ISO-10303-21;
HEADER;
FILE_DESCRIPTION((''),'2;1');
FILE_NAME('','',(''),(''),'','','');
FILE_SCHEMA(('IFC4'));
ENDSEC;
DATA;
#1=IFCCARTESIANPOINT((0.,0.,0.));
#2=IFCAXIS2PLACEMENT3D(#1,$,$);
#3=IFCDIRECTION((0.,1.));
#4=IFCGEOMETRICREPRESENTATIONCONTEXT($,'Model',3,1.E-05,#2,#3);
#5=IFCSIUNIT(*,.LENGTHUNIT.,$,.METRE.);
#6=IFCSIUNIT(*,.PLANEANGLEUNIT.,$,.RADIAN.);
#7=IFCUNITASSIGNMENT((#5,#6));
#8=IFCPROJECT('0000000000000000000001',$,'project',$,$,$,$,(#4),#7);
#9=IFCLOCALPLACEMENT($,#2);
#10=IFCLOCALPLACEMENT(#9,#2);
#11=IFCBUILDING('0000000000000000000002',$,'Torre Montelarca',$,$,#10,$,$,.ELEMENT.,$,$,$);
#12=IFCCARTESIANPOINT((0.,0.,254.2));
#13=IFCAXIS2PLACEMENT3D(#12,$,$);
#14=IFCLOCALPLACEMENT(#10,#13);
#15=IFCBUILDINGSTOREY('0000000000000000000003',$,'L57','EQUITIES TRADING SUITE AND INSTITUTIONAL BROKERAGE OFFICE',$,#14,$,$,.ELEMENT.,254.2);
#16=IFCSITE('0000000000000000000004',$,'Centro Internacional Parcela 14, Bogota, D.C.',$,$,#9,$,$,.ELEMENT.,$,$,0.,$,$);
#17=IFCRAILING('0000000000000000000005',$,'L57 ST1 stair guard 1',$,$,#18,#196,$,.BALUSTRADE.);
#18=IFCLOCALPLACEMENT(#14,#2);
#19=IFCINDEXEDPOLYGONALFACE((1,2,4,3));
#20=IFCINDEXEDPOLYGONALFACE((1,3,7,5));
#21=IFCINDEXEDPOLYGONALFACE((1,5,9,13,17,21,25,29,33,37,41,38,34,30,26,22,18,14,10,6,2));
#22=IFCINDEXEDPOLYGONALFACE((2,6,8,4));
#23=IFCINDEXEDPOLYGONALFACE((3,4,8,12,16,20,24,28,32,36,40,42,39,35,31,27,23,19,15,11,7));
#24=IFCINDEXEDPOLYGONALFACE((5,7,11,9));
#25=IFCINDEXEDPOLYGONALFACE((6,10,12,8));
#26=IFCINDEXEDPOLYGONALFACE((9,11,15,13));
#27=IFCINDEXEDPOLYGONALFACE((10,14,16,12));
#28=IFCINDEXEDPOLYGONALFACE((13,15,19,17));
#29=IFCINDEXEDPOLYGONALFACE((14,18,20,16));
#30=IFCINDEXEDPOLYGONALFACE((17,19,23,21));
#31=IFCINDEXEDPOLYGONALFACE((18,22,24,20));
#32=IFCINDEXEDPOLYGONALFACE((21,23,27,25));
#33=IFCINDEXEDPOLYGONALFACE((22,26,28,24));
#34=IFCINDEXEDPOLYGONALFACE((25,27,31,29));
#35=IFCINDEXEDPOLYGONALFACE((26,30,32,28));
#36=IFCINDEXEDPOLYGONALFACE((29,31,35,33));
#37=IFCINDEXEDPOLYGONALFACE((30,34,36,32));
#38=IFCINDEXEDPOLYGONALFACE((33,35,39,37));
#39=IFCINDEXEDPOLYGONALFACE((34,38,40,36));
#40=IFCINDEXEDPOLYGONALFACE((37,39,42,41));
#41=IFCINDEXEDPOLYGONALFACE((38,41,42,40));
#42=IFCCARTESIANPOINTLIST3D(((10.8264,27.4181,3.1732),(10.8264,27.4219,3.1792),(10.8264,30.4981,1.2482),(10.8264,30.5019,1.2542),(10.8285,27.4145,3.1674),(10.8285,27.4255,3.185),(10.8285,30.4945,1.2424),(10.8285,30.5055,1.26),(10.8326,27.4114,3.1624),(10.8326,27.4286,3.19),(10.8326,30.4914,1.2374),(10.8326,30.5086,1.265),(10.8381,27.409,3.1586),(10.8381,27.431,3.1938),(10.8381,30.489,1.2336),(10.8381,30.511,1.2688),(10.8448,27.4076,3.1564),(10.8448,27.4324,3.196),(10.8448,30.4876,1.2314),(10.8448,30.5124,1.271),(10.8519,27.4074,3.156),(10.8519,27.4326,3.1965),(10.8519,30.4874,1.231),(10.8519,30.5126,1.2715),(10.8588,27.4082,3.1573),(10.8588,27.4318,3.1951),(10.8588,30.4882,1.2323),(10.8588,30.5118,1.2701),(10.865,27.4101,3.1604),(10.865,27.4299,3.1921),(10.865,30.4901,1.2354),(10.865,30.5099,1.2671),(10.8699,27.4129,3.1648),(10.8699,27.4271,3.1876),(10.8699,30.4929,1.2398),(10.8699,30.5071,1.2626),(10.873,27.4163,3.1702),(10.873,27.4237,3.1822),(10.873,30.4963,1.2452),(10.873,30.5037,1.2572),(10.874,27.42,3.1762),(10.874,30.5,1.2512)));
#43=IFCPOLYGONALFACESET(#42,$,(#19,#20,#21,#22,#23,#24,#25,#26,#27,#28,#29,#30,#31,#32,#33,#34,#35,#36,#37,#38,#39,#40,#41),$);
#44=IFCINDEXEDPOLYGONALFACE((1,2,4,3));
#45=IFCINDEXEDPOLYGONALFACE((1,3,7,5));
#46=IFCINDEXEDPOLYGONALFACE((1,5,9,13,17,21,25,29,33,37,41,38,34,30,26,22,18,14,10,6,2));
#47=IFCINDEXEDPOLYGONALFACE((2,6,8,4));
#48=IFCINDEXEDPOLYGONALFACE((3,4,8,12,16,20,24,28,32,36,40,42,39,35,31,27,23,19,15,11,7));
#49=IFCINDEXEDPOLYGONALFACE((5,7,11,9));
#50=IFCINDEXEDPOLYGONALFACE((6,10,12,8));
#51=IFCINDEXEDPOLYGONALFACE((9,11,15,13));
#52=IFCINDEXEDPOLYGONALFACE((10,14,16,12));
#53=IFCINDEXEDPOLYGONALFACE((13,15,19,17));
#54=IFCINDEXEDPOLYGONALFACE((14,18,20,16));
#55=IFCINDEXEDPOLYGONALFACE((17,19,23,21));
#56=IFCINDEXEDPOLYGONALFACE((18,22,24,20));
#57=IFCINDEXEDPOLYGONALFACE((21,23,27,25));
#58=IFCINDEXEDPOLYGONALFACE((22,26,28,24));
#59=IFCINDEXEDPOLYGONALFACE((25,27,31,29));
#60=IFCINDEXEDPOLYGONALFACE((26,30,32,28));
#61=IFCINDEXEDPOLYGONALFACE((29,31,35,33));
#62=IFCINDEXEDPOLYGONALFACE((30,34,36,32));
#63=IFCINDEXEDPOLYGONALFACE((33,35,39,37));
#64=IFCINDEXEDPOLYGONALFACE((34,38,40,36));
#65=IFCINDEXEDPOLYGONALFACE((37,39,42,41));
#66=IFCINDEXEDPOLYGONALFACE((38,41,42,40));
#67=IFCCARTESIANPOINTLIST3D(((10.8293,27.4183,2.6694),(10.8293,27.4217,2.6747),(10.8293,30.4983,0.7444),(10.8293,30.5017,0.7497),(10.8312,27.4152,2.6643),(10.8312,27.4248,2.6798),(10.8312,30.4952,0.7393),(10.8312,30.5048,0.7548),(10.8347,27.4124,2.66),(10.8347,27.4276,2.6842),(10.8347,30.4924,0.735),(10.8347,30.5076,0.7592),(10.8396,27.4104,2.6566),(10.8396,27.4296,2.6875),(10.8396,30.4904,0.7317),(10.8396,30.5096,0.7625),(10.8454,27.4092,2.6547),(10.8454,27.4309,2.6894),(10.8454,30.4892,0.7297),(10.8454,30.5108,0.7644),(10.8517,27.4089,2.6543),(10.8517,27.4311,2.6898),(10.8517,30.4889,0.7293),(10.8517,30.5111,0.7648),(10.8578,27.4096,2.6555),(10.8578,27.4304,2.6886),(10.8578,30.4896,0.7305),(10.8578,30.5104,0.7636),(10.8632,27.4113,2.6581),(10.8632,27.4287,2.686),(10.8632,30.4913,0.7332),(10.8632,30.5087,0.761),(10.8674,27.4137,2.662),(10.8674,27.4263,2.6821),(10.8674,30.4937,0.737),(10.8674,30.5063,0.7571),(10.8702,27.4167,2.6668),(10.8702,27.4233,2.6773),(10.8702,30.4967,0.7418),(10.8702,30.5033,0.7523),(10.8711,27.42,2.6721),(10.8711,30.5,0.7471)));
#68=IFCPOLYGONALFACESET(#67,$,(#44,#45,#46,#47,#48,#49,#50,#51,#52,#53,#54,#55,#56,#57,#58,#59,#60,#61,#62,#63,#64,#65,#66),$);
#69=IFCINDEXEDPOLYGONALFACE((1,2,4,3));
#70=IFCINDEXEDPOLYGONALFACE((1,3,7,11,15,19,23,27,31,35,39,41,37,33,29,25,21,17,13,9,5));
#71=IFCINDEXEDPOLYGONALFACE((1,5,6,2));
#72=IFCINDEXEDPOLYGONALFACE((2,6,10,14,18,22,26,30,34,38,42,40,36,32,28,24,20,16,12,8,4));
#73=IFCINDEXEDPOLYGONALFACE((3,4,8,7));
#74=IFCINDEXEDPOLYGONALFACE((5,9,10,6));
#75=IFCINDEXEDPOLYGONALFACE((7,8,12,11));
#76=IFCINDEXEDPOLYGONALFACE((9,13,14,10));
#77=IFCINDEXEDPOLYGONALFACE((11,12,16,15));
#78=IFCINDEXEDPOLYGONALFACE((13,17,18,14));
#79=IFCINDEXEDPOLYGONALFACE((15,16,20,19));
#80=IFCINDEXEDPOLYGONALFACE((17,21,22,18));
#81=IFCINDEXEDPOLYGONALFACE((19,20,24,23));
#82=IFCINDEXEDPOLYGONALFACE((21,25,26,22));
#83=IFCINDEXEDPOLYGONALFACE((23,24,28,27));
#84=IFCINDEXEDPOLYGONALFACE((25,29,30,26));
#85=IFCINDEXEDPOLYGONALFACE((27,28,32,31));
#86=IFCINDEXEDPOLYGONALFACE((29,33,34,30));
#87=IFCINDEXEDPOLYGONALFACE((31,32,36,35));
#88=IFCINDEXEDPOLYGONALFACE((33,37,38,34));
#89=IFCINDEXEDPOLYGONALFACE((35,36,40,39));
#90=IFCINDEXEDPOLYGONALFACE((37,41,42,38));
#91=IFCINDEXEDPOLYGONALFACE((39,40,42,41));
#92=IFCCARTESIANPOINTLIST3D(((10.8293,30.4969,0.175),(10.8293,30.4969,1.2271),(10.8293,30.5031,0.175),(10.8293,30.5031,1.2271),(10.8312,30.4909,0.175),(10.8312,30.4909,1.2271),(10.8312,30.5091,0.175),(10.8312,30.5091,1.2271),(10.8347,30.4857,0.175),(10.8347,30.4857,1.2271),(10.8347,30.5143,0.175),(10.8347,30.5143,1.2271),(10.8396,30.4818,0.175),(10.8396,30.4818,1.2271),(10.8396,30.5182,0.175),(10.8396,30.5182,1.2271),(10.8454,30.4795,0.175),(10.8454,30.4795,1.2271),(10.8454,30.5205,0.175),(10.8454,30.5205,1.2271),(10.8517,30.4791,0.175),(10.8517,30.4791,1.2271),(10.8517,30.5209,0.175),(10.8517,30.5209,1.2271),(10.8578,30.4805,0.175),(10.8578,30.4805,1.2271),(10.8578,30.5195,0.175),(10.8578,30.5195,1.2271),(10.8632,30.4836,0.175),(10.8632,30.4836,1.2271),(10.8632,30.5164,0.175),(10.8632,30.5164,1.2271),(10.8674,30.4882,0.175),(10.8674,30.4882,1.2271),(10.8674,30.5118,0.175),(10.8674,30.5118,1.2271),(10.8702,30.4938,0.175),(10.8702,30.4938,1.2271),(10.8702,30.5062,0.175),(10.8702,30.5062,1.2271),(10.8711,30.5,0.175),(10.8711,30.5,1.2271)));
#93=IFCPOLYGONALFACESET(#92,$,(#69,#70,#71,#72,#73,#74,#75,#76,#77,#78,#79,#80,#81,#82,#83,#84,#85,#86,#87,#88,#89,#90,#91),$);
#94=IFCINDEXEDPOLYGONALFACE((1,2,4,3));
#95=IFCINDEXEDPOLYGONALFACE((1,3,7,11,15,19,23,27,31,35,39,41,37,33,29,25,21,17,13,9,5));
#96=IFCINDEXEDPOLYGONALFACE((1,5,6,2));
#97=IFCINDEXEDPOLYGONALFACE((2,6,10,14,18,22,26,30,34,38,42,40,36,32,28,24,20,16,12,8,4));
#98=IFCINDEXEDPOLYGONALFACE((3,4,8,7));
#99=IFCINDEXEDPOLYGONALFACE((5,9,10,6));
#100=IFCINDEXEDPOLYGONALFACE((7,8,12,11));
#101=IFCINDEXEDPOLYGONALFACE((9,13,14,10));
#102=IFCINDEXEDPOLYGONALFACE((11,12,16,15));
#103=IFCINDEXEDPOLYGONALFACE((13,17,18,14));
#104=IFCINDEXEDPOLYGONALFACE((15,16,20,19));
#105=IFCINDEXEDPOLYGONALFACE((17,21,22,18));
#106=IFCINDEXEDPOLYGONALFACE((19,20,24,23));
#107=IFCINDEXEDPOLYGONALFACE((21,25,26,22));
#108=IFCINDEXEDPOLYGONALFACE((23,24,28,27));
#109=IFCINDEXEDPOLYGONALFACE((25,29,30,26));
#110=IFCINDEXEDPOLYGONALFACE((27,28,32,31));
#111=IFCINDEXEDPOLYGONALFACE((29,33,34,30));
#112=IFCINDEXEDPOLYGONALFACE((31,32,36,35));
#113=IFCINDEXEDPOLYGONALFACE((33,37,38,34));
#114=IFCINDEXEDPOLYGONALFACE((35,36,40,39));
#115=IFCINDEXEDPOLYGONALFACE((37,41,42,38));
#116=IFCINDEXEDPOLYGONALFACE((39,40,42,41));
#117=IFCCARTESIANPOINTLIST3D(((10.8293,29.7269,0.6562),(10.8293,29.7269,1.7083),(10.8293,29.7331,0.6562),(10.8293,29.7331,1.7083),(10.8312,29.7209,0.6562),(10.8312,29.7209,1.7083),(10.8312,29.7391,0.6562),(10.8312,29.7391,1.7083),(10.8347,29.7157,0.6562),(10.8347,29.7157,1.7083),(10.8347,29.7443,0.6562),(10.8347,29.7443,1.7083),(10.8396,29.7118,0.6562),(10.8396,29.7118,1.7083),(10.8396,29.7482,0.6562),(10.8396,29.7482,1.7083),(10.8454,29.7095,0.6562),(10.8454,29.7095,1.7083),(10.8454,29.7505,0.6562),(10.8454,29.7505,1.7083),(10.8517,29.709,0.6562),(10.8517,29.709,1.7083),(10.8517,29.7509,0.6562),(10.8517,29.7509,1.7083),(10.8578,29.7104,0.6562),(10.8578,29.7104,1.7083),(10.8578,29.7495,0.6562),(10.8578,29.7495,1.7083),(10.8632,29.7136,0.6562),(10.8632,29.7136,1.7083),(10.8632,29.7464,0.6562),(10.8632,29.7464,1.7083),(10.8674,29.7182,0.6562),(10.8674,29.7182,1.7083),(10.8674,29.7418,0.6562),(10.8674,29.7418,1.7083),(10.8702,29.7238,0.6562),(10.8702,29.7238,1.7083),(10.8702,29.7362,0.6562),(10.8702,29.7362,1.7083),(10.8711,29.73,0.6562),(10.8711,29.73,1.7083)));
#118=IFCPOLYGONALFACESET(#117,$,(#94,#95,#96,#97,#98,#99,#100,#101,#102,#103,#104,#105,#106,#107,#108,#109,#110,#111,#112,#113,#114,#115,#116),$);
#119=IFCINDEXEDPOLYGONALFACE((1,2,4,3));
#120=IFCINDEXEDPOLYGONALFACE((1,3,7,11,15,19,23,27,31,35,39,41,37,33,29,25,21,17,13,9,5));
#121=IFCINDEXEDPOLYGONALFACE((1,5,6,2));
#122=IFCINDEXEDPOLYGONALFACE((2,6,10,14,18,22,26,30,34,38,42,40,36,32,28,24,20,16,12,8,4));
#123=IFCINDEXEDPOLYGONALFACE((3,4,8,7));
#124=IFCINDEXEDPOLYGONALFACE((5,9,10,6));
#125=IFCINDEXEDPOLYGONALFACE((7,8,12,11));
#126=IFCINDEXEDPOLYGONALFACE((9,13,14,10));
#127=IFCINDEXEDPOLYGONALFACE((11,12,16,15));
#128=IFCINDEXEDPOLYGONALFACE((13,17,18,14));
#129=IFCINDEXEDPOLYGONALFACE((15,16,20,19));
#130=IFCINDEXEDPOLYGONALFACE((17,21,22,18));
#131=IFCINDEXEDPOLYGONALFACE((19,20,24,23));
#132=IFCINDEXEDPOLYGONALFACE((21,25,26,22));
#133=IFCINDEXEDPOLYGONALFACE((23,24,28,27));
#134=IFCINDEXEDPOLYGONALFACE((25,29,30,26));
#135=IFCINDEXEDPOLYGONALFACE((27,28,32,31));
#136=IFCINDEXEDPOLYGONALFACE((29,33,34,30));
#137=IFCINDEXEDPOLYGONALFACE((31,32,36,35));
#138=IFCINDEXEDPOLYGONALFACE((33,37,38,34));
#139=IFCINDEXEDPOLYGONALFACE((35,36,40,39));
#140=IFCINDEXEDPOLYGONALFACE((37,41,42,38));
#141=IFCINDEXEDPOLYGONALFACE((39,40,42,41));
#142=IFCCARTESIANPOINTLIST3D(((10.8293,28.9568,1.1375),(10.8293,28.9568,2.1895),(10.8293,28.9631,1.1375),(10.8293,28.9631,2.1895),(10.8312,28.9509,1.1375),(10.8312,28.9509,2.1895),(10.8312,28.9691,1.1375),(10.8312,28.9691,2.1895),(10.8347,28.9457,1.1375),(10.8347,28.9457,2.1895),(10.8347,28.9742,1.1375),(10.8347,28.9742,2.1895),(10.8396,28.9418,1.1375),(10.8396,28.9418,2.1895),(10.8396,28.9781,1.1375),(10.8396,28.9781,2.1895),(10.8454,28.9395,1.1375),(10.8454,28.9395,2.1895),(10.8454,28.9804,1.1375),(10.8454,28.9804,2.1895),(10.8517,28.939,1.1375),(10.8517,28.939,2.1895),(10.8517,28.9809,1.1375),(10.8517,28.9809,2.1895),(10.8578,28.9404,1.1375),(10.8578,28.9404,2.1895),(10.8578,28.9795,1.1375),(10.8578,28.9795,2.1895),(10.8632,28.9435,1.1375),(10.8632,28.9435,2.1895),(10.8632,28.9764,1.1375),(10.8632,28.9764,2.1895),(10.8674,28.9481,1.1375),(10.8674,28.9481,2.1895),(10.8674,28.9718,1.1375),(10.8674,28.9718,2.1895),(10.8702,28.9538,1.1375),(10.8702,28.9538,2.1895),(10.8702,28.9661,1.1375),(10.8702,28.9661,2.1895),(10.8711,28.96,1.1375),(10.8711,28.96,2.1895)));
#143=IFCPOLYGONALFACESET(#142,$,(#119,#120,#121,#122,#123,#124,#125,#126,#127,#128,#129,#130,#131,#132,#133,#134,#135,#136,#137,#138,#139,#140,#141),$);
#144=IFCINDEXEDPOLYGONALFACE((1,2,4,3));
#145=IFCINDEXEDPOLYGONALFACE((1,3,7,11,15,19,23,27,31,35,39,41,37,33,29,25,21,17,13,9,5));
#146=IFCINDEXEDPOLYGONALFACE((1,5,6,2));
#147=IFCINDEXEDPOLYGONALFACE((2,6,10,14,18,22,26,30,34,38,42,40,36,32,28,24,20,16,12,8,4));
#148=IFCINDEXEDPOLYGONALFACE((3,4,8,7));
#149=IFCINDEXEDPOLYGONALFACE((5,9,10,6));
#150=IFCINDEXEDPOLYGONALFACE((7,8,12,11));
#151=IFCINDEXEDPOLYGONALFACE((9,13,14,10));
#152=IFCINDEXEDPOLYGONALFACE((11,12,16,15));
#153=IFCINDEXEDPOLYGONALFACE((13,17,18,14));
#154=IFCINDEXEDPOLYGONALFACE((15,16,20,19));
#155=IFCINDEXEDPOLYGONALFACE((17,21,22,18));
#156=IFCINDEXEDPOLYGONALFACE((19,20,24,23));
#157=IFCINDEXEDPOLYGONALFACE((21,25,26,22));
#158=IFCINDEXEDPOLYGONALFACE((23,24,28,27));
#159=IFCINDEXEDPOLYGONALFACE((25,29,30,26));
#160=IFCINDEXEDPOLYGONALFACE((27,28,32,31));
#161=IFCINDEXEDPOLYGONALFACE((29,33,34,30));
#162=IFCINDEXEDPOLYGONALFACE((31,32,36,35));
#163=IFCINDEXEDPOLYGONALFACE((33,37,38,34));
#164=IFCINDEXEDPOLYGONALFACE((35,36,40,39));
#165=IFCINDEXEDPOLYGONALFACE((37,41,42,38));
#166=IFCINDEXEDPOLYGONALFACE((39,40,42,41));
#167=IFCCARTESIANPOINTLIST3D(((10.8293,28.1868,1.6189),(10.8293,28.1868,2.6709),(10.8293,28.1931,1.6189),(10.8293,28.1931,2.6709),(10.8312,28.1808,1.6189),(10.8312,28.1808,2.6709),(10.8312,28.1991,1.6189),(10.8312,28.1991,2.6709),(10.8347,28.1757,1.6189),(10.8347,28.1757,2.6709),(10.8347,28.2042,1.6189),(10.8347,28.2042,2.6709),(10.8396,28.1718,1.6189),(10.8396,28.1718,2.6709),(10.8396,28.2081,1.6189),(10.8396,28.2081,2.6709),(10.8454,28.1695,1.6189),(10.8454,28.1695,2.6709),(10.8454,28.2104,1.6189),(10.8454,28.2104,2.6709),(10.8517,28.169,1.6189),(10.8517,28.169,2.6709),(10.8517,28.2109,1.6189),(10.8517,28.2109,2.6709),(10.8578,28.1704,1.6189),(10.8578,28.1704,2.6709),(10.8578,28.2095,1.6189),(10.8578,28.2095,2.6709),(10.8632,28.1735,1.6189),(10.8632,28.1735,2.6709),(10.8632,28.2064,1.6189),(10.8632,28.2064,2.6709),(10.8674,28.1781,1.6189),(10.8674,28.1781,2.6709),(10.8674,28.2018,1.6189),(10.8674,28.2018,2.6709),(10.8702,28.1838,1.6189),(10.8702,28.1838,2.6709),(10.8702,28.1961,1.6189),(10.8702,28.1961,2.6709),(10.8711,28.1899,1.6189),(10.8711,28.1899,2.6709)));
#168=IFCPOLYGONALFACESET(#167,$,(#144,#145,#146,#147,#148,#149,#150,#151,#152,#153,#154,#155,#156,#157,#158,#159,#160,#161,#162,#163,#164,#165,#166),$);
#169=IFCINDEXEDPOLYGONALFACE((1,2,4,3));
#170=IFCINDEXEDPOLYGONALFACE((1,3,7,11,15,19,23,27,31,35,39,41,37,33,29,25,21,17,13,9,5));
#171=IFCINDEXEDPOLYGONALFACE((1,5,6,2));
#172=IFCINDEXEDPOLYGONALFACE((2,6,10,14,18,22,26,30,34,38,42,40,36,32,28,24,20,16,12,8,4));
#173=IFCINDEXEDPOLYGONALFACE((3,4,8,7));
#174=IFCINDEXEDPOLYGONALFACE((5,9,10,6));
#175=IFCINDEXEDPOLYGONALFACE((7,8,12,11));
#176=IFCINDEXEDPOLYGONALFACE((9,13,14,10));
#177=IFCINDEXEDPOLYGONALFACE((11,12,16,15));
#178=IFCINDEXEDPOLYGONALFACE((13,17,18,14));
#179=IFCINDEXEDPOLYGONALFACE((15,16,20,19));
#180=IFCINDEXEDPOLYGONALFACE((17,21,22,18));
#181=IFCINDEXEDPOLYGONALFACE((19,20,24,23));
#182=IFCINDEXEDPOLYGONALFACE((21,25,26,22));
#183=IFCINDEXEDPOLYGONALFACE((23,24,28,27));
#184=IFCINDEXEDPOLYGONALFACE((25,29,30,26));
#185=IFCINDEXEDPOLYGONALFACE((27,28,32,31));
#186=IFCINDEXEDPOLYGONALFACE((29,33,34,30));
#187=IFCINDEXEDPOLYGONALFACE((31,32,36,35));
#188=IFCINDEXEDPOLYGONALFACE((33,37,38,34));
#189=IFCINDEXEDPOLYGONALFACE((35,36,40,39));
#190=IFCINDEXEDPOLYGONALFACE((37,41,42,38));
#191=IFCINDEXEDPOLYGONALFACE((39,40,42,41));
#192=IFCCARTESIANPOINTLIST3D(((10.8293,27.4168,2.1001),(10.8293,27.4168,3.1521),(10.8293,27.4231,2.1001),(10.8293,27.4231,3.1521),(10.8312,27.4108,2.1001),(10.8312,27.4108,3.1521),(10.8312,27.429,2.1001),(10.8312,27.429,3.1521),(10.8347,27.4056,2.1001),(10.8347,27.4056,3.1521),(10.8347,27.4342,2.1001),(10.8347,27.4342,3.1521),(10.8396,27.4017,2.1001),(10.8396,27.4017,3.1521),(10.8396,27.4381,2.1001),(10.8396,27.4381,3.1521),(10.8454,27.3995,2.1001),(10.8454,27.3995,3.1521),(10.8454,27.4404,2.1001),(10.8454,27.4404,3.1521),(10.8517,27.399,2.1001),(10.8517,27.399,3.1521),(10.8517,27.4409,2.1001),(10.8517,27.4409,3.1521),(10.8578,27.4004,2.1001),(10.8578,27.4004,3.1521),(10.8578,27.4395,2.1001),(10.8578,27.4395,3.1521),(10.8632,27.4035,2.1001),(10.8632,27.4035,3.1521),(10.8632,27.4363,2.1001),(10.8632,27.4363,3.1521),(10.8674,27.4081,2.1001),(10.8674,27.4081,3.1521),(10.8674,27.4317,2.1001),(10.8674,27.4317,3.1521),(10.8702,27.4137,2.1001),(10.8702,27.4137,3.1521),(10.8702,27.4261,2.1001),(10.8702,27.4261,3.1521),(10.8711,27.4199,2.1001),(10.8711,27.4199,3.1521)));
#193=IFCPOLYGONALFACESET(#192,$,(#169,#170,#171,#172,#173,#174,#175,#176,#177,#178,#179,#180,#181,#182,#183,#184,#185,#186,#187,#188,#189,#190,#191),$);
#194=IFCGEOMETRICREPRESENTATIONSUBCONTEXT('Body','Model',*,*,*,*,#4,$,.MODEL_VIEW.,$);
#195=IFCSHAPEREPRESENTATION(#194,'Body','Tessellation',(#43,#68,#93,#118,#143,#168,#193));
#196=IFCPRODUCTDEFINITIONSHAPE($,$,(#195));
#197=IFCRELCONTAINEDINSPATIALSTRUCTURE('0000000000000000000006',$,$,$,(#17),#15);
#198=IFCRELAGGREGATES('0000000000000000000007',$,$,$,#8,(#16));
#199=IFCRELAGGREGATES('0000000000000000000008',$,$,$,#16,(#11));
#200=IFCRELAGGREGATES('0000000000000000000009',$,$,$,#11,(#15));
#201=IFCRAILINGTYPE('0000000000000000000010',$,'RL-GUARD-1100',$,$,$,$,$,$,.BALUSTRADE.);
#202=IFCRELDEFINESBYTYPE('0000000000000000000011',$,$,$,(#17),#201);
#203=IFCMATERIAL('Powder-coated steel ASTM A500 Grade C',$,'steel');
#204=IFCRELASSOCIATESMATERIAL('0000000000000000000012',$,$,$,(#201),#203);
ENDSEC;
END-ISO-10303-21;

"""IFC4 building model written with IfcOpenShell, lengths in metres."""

from ifc_helpers import new_model, si_unit, direction, frame, origin, origin_2d, place, context, subcontext, project, spatial, circle, extrude, material, type_object, element, save


model = new_model("IFC4")

# Units and contexts
model_context = context("Model", 3, precision=1e-05, world=origin(), true_north=direction((0.0, 1.0)))
body_context = subcontext(model_context, "Body", "Model", "MODEL_VIEW")
ifc_project = project(units=[si_unit("LENGTHUNIT", "METRE"), si_unit("PLANEANGLEUNIT", "RADIAN")], contexts=[model_context])

# Site, building, storey
site_placement = place(None, origin())
site = spatial("IfcSite", under=ifc_project, at=site_placement, Name="Centro Internacional Parcela 14, Bogota, D.C.", CompositionType="ELEMENT", RefElevation=0.0)
building_placement = place(site_placement, origin())
building = spatial("IfcBuilding", under=site, at=building_placement, Name="Torre Montelarca", CompositionType="ELEMENT")
storey_placement = place(building_placement, frame((0.0, 0.0, 254.2)))
storey = spatial("IfcBuildingStorey", under=building, at=storey_placement, Name="L57", Description="EQUITIES TRADING SUITE AND INSTITUTIONAL BROKERAGE OFFICE", CompositionType="ELEMENT", Elevation=254.2)

# Railing
ifc_material_1 = material(Name="Powder-coated steel ASTM A500 Grade C", Category="steel")
railing_type_1 = type_object("IfcRailingType", Name="RL-GUARD-1100", PredefinedType="BALUSTRADE", material=ifc_material_1)
railing_1_placement = place(storey_placement, frame((10.8501, 30.5, 0.175)))
element("IfcRailing", 1, at=railing_1_placement, inside=storey, type_object=railing_type_1, Name="L57 ST1 stair guard 1", PredefinedType="BALUSTRADE", context=body_context, shape_type="SweptSolid", body=[
    extrude(circle(Radius=0.0239, at=origin_2d()), frame((0.0, 0.0, 1.0762), z_axis=(0.0, -0.847998, 0.529999), x_axis=(1.0, 0.0, 0.0)), (0.0, 0.0, 1.0), 3.6321),
    extrude(circle(Radius=0.021, at=origin_2d()), frame((0.0, 0.0, 0.572), z_axis=(0.0, -0.847998, 0.529999), x_axis=(1.0, 0.0, 0.0)), (0.0, 0.0, 1.0), 3.6321),
    extrude(circle(Radius=0.021, at=origin_2d()), origin(), (0.0, 0.0, 1.0), 1.052),
    extrude(circle(Radius=0.021, at=origin_2d()), frame((0.0, -0.77, 0.4812)), (0.0, 0.0, 1.0), 1.052),
    extrude(circle(Radius=0.021, at=origin_2d()), frame((0.0, -1.54, 0.9624)), (0.0, 0.0, 1.0), 1.052),
    extrude(circle(Radius=0.021, at=origin_2d()), frame((0.0, -2.3101, 1.4438)), (0.0, 0.0, 1.0), 1.052),
    extrude(circle(Radius=0.021, at=origin_2d()), frame((0.0, -3.0801, 1.925)), (0.0, 0.0, 1.0), 1.052),
])

save(model, "model.ifc")
